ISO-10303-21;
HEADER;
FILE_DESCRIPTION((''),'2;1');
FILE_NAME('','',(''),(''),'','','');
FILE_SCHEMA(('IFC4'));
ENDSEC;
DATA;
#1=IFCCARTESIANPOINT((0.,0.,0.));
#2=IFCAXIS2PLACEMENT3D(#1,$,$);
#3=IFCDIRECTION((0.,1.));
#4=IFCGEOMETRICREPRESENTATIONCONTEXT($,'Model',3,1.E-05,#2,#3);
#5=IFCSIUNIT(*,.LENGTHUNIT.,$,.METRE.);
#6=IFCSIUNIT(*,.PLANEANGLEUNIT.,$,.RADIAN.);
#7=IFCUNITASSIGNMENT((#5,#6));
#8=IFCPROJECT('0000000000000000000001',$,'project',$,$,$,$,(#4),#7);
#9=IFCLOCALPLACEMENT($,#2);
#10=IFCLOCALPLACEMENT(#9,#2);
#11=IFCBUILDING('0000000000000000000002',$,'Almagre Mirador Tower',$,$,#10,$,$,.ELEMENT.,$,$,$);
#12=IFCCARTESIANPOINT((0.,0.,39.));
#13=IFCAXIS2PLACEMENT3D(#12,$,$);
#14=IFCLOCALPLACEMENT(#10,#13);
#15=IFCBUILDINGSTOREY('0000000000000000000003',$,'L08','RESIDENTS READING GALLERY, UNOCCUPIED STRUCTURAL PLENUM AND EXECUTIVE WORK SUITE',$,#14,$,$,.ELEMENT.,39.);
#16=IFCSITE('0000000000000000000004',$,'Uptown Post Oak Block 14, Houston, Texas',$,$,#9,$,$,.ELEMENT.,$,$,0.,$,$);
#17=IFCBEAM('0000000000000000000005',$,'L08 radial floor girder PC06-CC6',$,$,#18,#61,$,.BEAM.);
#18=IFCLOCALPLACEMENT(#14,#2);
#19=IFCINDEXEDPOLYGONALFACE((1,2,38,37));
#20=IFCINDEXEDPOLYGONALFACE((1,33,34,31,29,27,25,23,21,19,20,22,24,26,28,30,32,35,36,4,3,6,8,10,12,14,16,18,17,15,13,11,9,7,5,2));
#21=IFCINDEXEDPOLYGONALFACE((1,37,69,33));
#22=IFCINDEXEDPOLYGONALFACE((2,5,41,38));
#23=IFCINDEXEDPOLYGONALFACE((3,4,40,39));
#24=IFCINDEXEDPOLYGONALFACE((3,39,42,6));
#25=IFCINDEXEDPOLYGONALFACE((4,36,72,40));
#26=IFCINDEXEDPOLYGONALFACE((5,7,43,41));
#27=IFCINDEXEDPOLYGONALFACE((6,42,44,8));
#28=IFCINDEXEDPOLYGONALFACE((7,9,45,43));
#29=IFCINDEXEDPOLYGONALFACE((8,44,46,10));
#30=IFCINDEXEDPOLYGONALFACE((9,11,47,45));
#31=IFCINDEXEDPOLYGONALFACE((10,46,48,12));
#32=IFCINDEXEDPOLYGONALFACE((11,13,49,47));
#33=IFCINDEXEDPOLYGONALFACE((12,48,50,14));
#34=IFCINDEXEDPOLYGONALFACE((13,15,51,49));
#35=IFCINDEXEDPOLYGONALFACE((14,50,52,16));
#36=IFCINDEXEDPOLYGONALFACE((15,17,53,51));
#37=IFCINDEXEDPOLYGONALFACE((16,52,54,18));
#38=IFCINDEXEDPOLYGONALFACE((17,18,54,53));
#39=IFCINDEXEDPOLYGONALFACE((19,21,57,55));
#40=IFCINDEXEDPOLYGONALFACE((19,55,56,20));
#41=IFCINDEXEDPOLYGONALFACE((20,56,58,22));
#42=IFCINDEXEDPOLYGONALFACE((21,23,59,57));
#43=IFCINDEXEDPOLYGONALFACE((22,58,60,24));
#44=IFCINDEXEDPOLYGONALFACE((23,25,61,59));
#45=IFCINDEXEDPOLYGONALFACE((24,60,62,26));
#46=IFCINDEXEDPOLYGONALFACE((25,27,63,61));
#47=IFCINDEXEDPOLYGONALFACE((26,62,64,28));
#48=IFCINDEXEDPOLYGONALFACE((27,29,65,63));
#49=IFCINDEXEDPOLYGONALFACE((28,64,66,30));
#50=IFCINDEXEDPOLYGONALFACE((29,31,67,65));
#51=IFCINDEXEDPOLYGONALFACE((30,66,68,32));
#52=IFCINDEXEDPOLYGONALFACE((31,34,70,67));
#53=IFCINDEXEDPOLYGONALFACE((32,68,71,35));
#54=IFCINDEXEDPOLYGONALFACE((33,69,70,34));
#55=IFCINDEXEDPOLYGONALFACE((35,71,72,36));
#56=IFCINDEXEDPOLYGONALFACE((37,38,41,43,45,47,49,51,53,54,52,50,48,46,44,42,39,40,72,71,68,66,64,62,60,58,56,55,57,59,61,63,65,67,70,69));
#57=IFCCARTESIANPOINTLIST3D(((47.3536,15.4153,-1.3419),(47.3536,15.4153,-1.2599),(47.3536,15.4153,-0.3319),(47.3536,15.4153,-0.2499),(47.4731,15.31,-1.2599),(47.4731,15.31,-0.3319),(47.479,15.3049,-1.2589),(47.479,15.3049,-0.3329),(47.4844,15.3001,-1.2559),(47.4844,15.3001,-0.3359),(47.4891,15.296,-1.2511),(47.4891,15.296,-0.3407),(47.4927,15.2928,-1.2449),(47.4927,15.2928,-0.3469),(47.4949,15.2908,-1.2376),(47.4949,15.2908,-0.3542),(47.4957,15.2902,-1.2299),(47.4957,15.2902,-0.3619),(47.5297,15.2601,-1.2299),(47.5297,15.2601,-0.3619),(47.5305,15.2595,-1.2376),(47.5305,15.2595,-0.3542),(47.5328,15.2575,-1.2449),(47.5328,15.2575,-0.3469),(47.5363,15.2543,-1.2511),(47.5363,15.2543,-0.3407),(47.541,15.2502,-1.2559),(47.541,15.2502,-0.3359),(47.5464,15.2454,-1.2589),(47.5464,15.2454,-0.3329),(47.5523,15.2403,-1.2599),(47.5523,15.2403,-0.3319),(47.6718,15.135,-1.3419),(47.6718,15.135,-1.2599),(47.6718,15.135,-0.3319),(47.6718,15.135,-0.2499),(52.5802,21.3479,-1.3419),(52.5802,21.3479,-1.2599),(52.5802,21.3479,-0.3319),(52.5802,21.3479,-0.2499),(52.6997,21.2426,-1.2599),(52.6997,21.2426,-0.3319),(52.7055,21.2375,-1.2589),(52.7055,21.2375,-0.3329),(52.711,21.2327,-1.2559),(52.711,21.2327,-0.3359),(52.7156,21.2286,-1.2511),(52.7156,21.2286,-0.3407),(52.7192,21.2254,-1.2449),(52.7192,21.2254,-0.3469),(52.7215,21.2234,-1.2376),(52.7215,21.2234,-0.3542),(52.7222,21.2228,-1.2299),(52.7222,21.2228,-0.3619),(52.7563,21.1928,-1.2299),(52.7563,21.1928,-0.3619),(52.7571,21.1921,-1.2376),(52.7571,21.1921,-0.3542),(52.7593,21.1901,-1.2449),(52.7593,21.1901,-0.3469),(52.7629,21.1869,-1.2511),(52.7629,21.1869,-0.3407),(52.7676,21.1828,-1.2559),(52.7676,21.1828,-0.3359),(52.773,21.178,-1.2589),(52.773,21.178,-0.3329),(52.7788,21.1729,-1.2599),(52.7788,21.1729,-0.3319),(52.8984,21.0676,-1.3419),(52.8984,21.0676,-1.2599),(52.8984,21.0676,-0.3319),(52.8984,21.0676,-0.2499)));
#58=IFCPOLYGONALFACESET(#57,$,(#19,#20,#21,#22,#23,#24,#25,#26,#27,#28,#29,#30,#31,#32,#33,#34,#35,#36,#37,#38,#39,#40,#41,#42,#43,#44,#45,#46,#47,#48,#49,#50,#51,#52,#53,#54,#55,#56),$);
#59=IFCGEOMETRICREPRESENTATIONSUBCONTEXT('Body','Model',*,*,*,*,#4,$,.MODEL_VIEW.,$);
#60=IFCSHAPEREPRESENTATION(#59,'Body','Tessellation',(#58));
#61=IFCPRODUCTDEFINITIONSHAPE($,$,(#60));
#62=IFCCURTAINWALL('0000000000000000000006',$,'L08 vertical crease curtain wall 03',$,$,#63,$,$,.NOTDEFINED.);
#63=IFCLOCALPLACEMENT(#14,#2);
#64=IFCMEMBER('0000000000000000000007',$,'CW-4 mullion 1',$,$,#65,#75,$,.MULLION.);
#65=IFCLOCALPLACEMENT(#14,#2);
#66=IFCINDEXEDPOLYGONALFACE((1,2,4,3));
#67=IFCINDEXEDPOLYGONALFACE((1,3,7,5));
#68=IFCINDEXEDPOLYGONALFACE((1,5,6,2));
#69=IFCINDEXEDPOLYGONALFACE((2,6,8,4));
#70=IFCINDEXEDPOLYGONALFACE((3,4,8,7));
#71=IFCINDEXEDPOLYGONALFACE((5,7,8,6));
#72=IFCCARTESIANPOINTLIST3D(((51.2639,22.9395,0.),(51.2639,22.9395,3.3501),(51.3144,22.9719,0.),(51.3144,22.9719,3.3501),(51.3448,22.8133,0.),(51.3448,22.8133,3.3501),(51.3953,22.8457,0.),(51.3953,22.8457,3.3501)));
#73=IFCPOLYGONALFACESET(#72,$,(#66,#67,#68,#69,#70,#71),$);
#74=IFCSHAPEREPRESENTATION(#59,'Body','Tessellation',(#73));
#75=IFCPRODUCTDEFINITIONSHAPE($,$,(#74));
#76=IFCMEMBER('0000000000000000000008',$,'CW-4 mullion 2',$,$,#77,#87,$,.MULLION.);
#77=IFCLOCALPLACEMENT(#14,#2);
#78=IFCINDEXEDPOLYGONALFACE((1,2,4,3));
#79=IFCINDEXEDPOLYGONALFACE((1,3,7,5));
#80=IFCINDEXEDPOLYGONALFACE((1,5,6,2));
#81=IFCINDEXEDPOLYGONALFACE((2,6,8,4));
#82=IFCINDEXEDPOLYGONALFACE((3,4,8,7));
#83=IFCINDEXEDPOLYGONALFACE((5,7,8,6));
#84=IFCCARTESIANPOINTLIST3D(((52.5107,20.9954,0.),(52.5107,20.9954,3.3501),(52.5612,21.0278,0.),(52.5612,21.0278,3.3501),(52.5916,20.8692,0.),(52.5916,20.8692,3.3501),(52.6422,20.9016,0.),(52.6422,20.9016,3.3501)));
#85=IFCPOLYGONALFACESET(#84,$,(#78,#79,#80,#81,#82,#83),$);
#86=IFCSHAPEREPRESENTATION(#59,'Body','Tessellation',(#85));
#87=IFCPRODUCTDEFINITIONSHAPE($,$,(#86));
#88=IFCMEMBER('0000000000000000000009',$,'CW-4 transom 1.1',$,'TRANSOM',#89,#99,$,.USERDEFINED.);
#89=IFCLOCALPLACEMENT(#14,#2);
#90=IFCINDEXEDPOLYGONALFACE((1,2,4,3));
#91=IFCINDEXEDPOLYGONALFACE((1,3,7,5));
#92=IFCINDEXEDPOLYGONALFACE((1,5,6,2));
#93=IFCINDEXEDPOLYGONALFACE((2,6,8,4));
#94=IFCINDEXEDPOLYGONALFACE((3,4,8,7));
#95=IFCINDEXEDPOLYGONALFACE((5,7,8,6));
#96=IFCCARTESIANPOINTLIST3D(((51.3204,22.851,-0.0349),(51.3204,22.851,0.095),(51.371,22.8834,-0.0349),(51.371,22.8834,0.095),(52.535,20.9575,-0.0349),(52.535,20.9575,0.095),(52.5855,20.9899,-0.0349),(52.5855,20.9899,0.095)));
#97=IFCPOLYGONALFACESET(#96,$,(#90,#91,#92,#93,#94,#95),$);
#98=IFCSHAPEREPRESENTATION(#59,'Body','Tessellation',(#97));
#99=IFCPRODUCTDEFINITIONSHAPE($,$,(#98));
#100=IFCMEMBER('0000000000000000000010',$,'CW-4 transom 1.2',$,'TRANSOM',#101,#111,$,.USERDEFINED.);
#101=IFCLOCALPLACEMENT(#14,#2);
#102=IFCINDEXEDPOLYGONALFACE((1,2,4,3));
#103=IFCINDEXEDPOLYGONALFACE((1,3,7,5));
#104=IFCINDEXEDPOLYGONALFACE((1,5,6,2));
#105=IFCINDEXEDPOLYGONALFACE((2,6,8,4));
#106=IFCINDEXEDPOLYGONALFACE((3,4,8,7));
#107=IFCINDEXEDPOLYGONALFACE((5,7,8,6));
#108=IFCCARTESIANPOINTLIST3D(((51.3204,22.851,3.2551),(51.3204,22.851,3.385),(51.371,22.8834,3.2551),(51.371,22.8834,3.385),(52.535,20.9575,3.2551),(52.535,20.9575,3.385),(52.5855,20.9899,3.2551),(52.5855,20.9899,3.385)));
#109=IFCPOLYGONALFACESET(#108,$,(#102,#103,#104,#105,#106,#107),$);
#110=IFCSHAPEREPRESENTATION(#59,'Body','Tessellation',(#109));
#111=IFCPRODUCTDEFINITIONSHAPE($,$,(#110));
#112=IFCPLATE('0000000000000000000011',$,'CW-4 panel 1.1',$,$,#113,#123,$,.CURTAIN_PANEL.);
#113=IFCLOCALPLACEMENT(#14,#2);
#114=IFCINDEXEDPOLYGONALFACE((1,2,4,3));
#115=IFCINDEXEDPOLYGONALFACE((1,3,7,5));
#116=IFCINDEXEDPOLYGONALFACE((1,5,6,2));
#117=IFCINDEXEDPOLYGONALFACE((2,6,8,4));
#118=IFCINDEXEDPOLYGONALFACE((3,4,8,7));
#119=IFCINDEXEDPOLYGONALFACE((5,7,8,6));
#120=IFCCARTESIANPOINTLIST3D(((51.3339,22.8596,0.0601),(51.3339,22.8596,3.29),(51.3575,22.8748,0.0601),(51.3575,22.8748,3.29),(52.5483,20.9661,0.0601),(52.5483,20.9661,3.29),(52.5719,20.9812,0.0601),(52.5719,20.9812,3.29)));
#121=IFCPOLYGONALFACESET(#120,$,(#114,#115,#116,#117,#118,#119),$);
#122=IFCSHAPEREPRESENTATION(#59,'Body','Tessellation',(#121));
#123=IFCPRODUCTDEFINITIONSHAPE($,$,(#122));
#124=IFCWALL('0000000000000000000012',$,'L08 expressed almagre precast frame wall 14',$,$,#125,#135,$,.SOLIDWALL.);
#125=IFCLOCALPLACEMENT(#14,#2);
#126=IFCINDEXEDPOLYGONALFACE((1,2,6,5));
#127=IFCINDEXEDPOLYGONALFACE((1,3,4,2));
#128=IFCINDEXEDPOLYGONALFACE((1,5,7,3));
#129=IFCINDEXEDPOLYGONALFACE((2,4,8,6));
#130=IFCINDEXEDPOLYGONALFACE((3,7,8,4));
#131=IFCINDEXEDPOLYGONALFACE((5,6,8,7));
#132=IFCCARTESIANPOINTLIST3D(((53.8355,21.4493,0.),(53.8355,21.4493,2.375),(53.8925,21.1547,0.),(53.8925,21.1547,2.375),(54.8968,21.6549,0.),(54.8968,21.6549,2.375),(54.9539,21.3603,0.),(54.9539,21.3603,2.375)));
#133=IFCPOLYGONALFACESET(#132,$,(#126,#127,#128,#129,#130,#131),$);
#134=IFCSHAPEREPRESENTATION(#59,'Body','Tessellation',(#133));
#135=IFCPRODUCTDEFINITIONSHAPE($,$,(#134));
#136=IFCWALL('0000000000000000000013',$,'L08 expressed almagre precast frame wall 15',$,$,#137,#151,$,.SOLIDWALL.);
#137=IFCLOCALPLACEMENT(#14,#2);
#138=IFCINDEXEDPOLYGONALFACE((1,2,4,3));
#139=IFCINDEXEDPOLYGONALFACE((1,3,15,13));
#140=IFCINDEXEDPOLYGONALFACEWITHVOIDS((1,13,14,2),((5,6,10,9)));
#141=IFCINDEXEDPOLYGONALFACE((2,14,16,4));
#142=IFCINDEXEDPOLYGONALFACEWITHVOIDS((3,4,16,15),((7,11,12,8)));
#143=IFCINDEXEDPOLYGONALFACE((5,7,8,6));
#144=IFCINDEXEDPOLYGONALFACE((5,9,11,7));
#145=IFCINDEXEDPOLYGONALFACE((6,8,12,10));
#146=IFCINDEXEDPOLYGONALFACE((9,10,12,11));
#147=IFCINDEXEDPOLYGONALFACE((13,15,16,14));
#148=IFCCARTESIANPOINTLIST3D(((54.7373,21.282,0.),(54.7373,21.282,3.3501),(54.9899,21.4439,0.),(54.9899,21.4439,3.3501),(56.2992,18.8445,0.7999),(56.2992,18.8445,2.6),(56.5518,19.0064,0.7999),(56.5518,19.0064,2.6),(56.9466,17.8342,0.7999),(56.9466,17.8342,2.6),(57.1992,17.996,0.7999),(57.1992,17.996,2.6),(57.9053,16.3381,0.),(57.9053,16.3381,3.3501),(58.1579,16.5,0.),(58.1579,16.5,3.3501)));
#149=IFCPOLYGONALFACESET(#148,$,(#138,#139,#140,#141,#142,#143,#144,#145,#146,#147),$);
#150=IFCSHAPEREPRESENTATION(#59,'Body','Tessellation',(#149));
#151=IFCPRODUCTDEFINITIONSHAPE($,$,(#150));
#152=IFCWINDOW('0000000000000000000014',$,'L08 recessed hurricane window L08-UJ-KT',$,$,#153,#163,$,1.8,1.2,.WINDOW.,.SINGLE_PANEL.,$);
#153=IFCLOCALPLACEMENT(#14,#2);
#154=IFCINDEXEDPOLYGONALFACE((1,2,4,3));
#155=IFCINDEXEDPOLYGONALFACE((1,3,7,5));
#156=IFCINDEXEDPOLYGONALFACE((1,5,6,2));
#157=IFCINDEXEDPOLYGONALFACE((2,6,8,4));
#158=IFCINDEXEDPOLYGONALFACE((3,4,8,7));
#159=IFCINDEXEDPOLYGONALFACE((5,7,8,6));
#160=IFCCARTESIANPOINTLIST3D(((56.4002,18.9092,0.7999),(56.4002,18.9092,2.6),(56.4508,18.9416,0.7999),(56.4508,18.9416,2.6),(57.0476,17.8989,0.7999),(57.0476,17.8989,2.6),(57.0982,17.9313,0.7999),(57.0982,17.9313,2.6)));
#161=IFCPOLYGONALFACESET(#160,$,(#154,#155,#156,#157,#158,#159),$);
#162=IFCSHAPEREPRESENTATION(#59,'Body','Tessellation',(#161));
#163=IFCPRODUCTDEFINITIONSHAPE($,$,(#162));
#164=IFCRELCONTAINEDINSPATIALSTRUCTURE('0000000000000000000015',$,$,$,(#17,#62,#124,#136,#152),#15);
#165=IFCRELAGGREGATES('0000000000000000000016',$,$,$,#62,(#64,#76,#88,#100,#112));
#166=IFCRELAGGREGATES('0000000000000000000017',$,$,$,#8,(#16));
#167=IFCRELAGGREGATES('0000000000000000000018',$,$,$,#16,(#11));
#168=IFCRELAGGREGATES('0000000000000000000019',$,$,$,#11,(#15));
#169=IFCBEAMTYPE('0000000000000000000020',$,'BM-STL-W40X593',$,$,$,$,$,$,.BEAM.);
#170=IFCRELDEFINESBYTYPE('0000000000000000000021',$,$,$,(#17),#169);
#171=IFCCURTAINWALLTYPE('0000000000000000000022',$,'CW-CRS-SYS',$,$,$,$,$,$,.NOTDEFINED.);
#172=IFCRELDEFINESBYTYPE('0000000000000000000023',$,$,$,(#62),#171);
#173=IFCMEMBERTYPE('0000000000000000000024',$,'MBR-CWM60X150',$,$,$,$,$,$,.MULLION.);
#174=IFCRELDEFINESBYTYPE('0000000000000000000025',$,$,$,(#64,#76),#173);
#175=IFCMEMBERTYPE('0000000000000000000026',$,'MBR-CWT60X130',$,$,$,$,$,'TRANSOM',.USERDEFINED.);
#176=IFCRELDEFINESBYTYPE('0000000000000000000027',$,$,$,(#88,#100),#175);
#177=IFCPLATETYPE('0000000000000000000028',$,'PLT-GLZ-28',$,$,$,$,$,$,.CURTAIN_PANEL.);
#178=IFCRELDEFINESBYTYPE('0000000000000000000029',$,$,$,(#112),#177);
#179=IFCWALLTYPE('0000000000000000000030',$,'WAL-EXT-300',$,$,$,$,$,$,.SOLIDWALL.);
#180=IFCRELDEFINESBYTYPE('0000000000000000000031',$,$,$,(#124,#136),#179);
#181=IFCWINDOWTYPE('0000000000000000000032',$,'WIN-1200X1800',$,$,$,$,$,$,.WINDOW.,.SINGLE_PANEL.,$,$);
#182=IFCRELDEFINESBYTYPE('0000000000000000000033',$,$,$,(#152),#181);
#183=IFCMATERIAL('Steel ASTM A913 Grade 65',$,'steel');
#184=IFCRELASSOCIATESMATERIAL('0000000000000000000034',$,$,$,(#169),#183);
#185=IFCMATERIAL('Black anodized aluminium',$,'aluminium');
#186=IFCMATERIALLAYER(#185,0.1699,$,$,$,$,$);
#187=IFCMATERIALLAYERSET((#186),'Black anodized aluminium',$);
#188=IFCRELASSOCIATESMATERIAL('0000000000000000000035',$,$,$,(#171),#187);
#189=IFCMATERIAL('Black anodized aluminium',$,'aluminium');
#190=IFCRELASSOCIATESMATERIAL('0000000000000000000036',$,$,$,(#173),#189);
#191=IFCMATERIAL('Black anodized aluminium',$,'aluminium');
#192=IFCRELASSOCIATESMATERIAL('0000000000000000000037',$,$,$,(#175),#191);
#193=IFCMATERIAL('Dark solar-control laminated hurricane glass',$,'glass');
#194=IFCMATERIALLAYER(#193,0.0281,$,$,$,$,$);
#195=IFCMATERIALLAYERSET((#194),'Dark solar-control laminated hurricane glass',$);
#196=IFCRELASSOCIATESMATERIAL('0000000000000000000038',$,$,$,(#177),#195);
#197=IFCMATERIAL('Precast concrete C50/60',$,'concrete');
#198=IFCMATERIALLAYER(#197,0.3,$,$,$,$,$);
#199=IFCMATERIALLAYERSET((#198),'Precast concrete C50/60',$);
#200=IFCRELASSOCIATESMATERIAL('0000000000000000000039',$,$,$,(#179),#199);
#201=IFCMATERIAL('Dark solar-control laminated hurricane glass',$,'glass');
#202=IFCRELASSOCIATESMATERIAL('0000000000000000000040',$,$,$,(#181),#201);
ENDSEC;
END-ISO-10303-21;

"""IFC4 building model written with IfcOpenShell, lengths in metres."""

from ifc_helpers import new_model, si_unit, direction, frame, frame_2d, origin, origin_2d, place, context, subcontext, project, spatial, rectangle, i_section, extrude, material, layer, layer_set, material_profile, profile_set, type_object, element, fill, aggregate, save


model = new_model("IFC4")

# Units and contexts
model_context = context("Model", 3, precision=1e-05, world=origin(), true_north=direction((0.0, 1.0)))
body_context = subcontext(model_context, "Body", "Model", "MODEL_VIEW")
ifc_project = project(units=[si_unit("LENGTHUNIT", "METRE"), si_unit("PLANEANGLEUNIT", "RADIAN")], contexts=[model_context])

# Site, building, storey
site_placement = place(None, origin())
site = spatial("IfcSite", under=ifc_project, at=site_placement, Name="Uptown Post Oak Block 14, Houston, Texas", CompositionType="ELEMENT", RefElevation=0.0)
building_placement = place(site_placement, origin())
building = spatial("IfcBuilding", under=site, at=building_placement, Name="Almagre Mirador Tower", CompositionType="ELEMENT")
storey_placement = place(building_placement, frame((0.0, 0.0, 39.0)))
storey = spatial("IfcBuildingStorey", under=building, at=storey_placement, Name="L08", Description="RESIDENTS READING GALLERY, UNOCCUPIED STRUCTURAL PLENUM AND EXECUTIVE WORK SUITE", CompositionType="ELEMENT", Elevation=39.0)

# Beam
ifc_material_1 = material(Name="Steel ASTM A913 Grade 65", Category="steel")
ifc_material_profile_1 = material_profile(ifc_material_1, i_section(OverallWidth=0.4241, OverallDepth=1.092, WebThickness=0.0454, FlangeThickness=0.082, FilletRadius=0.03, at=origin_2d()), Name="W40X593")
ifc_profile_set_1 = profile_set([ifc_material_profile_1], Name="Steel ASTM A913 Grade 65")
beam_type_1 = type_object("IfcBeamType", Name="BM-STL-W40X593", PredefinedType="BEAM", material=ifc_profile_set_1)
beam_1_placement = place(storey_placement, frame((52.7393, 21.2078, -0.7959), z_axis=(-0.661045, -0.750346, 0.0), x_axis=(0.750346, -0.661045, 0.0)))
element("IfcBeam", 1, at=beam_1_placement, inside=storey, type_object=beam_type_1, Name="L08 radial floor girder PC06-CC6", PredefinedType="BEAM", context=body_context, shape_type="SweptSolid", body=[
    extrude(i_section(OverallWidth=0.4241, OverallDepth=1.092, WebThickness=0.0454, FlangeThickness=0.082, FilletRadius=0.03, at=origin_2d()), origin(), (0.0, 0.0, 1.0), 7.9065),
])

# Curtain wall, members, plate
ifc_material_2 = material(Name="Black anodized aluminium", Category="aluminium")
ifc_layer_1 = layer(ifc_material_2, 0.1699)
ifc_layer_set_1 = layer_set([ifc_layer_1], Name="Black anodized aluminium")
curtain_wall_type = type_object("IfcCurtainWallType", Name="CW-CRS-SYS", PredefinedType="NOTDEFINED", material=ifc_layer_set_1)
curtain_wall_placement = place(storey_placement, origin())
curtain_wall = element("IfcCurtainWall", 2, at=curtain_wall_placement, inside=storey, type_object=curtain_wall_type, Name="L08 vertical crease curtain wall 03", PredefinedType="NOTDEFINED")
ifc_material_3 = material(Name="Black anodized aluminium", Category="aluminium")
ifc_material_profile_2 = material_profile(ifc_material_3, rectangle(XDim=0.0601, YDim=0.1499, at=origin_2d()), Name="CWM60X150")
ifc_profile_set_2 = profile_set([ifc_material_profile_2], Name="Black anodized aluminium")
member_type_1 = type_object("IfcMemberType", Name="MBR-CWM60X150", PredefinedType="MULLION", material=ifc_profile_set_2)
member_1_placement = place(storey_placement, frame((51.3296, 22.8926, 0.0), z_axis=(0.0, 0.0, 1.0), x_axis=(0.841762, 0.539849, 0.0)))
member_1 = element("IfcMember", 3, at=member_1_placement, type_object=member_type_1, Name="CW-4 mullion 1", PredefinedType="MULLION", context=body_context, shape_type="SweptSolid", body=[
    extrude(rectangle(XDim=0.0601, YDim=0.1499, at=origin_2d()), origin(), (0.0, 0.0, 1.0), 3.3501),
])
member_2_placement = place(storey_placement, frame((52.5764, 20.9485, 0.0), z_axis=(0.0, 0.0, 1.0), x_axis=(0.841762, 0.539849, 0.0)))
member_2 = element("IfcMember", 4, at=member_2_placement, type_object=member_type_1, Name="CW-4 mullion 2", PredefinedType="MULLION", context=body_context, shape_type="SweptSolid", body=[
    extrude(rectangle(XDim=0.0601, YDim=0.1499, at=origin_2d()), origin(), (0.0, 0.0, 1.0), 3.3501),
])
ifc_material_4 = material(Name="Black anodized aluminium", Category="aluminium")
ifc_material_profile_3 = material_profile(ifc_material_4, rectangle(XDim=0.0601, YDim=0.1299, at=origin_2d()), Name="CWT60X130")
ifc_profile_set_3 = profile_set([ifc_material_profile_3], Name="Black anodized aluminium")
member_type_2 = type_object("IfcMemberType", Name="MBR-CWT60X130", ElementType="TRANSOM", PredefinedType="USERDEFINED", material=ifc_profile_set_3)
member_3_placement = place(storey_placement, frame((51.3457, 22.8672, 0.03), z_axis=(0.539913, -0.841721, 0.0), x_axis=(0.841721, 0.539913, 0.0)))
member_3 = element("IfcMember", 5, at=member_3_placement, type_object=member_type_2, Name="CW-4 transom 1.1", ObjectType="TRANSOM", PredefinedType="USERDEFINED", context=body_context, shape_type="SweptSolid", body=[
    extrude(rectangle(XDim=0.0601, YDim=0.1299, at=origin_2d()), origin(), (0.0, 0.0, 1.0), 2.2495),
])
member_4_placement = place(storey_placement, frame((51.3457, 22.8672, 3.3201), z_axis=(0.539913, -0.841721, 0.0), x_axis=(0.841721, 0.539913, 0.0)))
member_4 = element("IfcMember", 6, at=member_4_placement, type_object=member_type_2, Name="CW-4 transom 1.2", ObjectType="TRANSOM", PredefinedType="USERDEFINED", context=body_context, shape_type="SweptSolid", body=[
    extrude(rectangle(XDim=0.0601, YDim=0.1299, at=origin_2d()), origin(), (0.0, 0.0, 1.0), 2.2495),
])
ifc_material_5 = material(Name="Dark solar-control laminated hurricane glass", Category="glass")
ifc_layer_2 = layer(ifc_material_5, 0.0281)
ifc_layer_set_2 = layer_set([ifc_layer_2], Name="Dark solar-control laminated hurricane glass")
plate_type = type_object("IfcPlateType", Name="PLT-GLZ-28", PredefinedType="CURTAIN_PANEL", material=ifc_layer_set_2)
plate_placement = place(storey_placement, frame((51.9529, 21.9204, 0.0601), z_axis=(0.0, 0.0, 1.0), x_axis=(0.539849, -0.841762, 0.0)))
plate = element("IfcPlate", 7, at=plate_placement, type_object=plate_type, Name="CW-4 panel 1.1", PredefinedType="CURTAIN_PANEL", context=body_context, shape_type="SweptSolid", body=[
    extrude(rectangle(XDim=2.2495, YDim=0.0281, at=origin_2d()), origin(), (0.0, 0.0, 1.0), 3.23),
])
aggregate(curtain_wall, [member_1, member_2, member_3, member_4, plate])

# Wall
ifc_material_6 = material(Name="Precast concrete C50/60", Category="concrete")
ifc_layer_3 = layer(ifc_material_6, 0.3)
ifc_layer_set_3 = layer_set([ifc_layer_3], Name="Precast concrete C50/60")
wall_type_1 = type_object("IfcWallType", Name="WAL-EXT-300", PredefinedType="SOLIDWALL", material=ifc_layer_set_3)
wall_1_placement = place(storey_placement, frame((53.864, 21.302, 0.0), z_axis=(0.0, 0.0, 1.0), x_axis=(0.981753, 0.190162, 0.0)))
element("IfcWall", 8, at=wall_1_placement, inside=storey, type_object=wall_type_1, Name="L08 expressed almagre precast frame wall 14", PredefinedType="SOLIDWALL", context=body_context, shape_type="SweptSolid", body=[
    extrude(rectangle(XDim=1.0811, YDim=0.3, at=frame_2d((0.5405, 0.0))), origin(), (0.0, 0.0, 1.0), 2.375),
])

# Wall, opening, window
wall_2_placement = place(storey_placement, frame((54.8635, 21.363, 0.0), z_axis=(0.0, 0.0, 1.0), x_axis=(0.539526, -0.841969, 0.0)))
wall_2 = element("IfcWall", 9, at=wall_2_placement, inside=storey, type_object=wall_type_1, Name="L08 expressed almagre precast frame wall 15", PredefinedType="SOLIDWALL", context=body_context, shape_type="SweptSolid", body=[
    extrude(rectangle(XDim=5.8718, YDim=0.3, at=frame_2d((2.936, 0.0))), origin(), (0.0, 0.0, 1.0), 3.3501),
])
opening_1_placement = place(wall_2_placement, frame((2.895, 0.0, 0.8)))
opening_1 = element("IfcOpeningElement", 10, at=opening_1_placement, cuts=wall_2, PredefinedType="OPENING", context=body_context, shape_type="SweptSolid", body=[
    extrude(rectangle(XDim=1.2, YDim=1.8, at=frame_2d((0.6001, 0.8999))), frame((0.0, 0.1599, 0.0), z_axis=(0.0, -1.0, 0.0), x_axis=(1.0, 0.0, 0.0)), (0.0, 0.0, 1.0), 0.32),
])
ifc_material_7 = material(Name="Dark solar-control laminated hurricane glass", Category="glass")
window_type_1 = type_object("IfcWindowType", Name="WIN-1200X1800", PartitioningType="SINGLE_PANEL", PredefinedType="WINDOW", material=ifc_material_7)
window_1_placement = place(opening_1_placement, origin())
window_1 = element("IfcWindow", 11, at=window_1_placement, inside=storey, type_object=window_type_1, Name="L08 recessed hurricane window L08-UJ-KT", OverallHeight=1.8, OverallWidth=1.2, PartitioningType="SINGLE_PANEL", PredefinedType="WINDOW", context=body_context, shape_type="SweptSolid", body=[
    extrude(rectangle(XDim=1.2, YDim=1.8, at=frame_2d((0.6001, 0.8999))), frame((0.0, 0.03, 0.0), z_axis=(0.0, -1.0, 0.0), x_axis=(1.0, 0.0, 0.0)), (0.0, 0.0, 1.0), 0.0601),
])
fill(opening_1, window_1)

save(model, "model.ifc")
